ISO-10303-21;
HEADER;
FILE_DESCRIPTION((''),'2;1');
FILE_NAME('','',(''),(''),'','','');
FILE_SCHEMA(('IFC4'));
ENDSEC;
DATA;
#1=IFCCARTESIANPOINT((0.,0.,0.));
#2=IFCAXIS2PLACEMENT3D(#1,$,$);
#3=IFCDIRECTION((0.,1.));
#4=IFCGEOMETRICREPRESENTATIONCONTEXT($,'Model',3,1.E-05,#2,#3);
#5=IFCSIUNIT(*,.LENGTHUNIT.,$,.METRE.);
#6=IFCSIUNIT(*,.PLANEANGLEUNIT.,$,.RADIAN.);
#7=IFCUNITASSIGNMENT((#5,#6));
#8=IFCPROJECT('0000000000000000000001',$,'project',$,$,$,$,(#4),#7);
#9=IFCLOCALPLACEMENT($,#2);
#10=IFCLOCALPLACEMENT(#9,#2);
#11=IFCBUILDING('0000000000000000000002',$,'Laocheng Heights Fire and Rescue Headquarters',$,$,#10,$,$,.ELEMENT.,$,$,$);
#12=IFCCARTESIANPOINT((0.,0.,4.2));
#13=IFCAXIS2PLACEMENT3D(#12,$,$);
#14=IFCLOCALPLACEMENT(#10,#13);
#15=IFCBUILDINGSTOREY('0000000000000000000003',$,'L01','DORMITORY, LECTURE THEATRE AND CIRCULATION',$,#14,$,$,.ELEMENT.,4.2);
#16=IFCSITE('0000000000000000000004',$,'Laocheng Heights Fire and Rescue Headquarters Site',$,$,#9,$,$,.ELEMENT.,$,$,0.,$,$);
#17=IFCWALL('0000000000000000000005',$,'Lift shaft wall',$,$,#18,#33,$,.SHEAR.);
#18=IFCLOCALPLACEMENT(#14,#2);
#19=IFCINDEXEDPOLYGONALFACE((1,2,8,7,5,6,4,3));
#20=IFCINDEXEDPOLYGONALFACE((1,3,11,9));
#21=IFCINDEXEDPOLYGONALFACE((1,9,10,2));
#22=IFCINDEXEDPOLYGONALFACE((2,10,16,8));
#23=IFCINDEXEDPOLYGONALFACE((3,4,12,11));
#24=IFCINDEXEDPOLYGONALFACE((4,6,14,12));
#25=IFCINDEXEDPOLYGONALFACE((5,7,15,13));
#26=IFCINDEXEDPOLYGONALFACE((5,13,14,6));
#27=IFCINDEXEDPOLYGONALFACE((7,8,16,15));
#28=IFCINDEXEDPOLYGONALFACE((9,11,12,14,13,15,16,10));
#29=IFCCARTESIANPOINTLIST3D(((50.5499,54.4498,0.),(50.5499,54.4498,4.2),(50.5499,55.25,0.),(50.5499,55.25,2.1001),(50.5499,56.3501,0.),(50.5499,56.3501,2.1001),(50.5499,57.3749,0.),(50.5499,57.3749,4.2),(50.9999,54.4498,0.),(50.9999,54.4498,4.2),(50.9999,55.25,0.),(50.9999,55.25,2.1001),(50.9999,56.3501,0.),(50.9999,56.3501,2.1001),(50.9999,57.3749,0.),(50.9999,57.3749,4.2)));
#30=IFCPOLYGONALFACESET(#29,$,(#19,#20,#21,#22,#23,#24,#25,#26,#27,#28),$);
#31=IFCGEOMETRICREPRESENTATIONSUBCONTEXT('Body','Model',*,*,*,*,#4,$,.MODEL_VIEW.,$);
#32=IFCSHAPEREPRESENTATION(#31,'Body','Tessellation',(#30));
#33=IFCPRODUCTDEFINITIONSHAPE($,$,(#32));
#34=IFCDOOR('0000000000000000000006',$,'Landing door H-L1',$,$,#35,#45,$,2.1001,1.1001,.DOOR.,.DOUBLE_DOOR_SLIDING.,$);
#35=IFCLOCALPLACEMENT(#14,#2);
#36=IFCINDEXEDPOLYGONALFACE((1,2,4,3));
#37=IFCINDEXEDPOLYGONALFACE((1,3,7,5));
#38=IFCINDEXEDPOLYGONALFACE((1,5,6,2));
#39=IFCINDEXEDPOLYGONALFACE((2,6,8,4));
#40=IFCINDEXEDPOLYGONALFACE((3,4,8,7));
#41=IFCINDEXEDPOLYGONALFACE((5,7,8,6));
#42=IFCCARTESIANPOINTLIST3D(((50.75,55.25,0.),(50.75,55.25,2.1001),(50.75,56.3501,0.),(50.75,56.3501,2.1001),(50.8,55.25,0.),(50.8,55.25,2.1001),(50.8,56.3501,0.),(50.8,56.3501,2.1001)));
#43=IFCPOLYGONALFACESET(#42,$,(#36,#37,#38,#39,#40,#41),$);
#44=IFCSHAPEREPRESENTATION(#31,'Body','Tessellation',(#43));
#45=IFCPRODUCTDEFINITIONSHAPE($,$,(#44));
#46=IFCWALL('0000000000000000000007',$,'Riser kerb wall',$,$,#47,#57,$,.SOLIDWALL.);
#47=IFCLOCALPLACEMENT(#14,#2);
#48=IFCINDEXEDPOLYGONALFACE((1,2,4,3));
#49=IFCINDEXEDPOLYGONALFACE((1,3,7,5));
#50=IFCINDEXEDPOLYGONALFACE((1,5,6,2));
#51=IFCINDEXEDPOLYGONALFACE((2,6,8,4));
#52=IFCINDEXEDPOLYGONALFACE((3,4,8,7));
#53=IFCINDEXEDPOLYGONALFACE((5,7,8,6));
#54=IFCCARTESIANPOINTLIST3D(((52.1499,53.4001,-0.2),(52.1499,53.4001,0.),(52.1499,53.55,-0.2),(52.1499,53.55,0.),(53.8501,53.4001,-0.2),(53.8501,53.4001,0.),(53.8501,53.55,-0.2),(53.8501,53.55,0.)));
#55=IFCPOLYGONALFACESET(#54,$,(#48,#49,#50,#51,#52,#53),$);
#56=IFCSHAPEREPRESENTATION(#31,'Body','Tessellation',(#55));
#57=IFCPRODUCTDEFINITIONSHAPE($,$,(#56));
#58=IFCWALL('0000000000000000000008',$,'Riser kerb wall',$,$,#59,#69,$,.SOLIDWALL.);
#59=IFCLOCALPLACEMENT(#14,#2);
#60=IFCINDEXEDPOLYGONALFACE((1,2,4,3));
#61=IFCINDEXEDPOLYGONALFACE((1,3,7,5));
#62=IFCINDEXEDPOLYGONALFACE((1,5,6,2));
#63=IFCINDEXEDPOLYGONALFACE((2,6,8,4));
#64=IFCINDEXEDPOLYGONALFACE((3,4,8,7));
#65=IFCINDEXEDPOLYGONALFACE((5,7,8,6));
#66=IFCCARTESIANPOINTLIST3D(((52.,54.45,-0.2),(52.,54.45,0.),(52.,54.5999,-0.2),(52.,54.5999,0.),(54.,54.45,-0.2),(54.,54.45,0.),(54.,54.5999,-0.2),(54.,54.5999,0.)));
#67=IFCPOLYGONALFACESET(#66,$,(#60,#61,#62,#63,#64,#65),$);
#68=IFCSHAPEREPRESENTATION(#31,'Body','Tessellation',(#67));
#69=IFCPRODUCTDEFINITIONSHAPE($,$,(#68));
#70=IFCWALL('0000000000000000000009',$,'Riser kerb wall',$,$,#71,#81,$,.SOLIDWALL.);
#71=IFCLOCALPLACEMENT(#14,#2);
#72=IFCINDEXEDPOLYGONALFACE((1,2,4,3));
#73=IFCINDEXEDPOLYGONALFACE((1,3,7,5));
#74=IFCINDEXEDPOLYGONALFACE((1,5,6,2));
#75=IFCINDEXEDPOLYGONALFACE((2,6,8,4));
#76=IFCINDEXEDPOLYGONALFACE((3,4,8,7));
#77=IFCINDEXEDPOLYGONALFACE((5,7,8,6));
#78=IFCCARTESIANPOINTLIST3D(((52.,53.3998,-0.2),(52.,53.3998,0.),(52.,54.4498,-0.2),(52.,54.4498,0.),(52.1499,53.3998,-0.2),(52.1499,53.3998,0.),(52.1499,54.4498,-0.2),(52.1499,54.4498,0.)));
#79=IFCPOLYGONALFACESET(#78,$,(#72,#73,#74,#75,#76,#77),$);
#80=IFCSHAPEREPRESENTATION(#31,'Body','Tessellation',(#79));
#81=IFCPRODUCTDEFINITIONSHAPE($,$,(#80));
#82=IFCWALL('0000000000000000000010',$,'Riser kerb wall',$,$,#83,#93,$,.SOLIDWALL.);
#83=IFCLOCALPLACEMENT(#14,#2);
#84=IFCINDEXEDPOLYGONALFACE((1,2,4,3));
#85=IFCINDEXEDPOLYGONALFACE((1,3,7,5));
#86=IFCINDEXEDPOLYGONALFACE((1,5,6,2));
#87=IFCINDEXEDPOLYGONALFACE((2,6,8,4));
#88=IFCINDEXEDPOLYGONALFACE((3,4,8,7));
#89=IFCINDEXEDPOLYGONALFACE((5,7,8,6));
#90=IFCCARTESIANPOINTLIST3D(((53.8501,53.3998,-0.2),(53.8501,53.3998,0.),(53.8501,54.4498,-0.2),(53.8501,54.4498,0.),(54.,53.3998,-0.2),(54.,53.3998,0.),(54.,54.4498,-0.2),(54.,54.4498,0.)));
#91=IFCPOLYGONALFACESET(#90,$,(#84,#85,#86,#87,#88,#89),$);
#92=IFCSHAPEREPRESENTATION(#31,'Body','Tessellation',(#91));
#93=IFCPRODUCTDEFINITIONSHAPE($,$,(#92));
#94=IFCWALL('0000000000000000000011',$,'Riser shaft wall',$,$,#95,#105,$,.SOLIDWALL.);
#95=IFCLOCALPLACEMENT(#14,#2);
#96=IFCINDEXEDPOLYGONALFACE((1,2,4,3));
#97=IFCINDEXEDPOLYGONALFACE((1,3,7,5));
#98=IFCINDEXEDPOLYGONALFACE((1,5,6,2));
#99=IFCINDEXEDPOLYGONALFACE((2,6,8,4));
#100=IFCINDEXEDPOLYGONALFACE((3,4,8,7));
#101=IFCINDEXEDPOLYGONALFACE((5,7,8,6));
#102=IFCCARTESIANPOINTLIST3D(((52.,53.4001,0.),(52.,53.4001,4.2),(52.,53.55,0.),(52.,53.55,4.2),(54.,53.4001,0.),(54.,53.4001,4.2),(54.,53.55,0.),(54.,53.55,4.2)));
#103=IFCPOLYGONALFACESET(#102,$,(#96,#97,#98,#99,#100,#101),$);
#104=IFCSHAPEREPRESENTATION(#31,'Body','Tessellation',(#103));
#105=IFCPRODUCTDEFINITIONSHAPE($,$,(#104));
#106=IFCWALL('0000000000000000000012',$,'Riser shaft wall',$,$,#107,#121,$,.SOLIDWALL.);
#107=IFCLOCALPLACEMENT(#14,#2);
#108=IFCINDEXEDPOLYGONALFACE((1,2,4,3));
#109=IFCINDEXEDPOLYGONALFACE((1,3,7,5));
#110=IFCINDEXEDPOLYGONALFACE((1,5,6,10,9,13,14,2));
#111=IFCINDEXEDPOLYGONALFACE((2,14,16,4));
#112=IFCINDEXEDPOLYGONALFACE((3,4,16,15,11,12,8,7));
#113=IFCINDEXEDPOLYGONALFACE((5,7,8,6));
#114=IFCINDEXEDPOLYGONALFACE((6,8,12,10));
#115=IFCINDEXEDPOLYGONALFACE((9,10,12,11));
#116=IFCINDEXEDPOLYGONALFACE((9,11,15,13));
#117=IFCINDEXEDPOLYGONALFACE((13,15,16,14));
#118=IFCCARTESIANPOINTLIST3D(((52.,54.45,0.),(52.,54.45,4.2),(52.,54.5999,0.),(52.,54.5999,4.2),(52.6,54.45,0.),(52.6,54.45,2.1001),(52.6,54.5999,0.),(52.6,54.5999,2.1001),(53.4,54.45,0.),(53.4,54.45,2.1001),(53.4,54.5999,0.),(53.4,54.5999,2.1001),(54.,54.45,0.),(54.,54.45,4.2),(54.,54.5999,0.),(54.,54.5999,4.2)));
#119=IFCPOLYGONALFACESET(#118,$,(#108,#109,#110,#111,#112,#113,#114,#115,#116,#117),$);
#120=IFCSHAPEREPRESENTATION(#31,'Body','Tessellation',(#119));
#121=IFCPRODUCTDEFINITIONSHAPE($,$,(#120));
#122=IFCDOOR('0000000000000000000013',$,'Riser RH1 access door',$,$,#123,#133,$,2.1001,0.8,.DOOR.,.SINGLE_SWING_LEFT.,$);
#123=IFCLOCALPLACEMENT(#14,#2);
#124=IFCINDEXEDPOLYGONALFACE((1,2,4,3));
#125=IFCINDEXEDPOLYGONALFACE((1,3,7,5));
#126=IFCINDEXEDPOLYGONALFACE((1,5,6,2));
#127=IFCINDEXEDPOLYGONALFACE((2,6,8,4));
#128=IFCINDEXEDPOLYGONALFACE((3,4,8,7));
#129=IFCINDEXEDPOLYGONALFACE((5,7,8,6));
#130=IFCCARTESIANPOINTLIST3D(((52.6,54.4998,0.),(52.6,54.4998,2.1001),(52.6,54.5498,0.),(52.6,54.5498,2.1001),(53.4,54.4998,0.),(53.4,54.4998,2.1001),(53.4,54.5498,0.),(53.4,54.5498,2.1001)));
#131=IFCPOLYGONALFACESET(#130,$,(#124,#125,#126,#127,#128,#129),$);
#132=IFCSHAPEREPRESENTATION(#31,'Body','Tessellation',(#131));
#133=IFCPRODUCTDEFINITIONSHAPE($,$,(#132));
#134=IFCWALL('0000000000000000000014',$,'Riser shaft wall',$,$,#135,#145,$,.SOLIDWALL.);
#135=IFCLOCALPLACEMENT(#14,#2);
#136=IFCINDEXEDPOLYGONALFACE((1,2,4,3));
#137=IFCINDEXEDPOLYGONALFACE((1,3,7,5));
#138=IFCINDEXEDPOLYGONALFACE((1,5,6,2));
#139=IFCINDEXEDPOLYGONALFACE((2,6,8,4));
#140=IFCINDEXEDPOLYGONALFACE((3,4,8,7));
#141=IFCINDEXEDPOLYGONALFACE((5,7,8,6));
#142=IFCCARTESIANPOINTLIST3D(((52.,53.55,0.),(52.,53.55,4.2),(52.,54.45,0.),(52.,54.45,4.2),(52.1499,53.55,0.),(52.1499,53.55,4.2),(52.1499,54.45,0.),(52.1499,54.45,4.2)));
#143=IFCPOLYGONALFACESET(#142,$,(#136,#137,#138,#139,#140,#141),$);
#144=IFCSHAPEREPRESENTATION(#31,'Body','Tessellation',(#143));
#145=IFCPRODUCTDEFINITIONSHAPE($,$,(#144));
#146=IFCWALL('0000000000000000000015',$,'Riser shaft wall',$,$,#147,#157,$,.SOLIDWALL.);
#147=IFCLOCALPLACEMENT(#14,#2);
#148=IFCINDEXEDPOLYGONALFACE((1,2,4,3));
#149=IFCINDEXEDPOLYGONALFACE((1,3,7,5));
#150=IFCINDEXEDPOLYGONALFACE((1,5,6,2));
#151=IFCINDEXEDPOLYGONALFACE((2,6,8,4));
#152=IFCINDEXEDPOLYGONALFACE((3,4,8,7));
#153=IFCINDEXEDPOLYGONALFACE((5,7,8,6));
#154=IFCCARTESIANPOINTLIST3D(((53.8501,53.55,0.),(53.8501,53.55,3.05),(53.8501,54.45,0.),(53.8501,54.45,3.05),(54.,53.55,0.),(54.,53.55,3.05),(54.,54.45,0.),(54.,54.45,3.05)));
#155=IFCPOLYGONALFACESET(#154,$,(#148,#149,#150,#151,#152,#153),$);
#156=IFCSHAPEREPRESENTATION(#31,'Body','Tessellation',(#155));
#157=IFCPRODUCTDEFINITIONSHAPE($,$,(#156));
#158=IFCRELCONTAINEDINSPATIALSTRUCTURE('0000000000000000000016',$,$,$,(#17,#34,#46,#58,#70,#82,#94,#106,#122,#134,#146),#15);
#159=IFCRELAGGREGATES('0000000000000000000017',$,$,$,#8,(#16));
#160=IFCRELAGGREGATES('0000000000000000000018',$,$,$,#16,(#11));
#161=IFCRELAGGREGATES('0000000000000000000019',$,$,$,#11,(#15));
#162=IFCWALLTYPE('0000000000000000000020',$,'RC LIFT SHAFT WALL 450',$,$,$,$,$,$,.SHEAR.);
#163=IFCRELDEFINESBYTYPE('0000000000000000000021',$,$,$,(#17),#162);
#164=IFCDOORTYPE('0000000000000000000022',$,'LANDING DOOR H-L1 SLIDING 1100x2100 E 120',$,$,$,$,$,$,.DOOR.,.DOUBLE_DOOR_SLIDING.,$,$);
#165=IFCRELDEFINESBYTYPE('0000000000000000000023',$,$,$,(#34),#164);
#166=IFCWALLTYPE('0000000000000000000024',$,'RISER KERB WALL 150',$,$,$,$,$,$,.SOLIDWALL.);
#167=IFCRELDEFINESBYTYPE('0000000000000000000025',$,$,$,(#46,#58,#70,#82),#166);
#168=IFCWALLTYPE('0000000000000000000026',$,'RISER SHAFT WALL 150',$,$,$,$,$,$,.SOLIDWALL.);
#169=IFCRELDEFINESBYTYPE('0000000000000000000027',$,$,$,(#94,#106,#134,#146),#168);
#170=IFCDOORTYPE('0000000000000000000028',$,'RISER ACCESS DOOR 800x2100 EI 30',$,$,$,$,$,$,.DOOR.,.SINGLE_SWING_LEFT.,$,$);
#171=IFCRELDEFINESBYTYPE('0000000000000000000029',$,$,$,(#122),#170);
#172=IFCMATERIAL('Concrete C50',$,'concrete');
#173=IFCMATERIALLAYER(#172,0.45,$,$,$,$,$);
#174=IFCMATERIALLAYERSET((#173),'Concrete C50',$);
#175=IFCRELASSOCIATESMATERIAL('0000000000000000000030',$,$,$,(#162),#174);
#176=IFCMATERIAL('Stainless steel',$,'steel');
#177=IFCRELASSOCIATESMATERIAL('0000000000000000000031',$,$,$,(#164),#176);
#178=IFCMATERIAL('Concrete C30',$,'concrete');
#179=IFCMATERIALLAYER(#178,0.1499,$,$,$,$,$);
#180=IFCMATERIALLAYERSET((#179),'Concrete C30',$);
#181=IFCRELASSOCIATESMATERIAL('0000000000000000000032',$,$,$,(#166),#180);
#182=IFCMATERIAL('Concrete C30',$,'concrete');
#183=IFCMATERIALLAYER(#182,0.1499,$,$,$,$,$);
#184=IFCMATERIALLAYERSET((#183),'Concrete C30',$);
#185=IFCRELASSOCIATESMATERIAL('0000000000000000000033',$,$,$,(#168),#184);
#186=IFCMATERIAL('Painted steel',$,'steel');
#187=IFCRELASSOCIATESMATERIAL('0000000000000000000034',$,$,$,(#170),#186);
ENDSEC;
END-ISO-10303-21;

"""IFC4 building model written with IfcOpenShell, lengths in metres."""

from ifc_helpers import new_model, si_unit, direction, frame, frame_2d, origin, place, context, subcontext, project, spatial, rectangle, extrude, material, layer, layer_set, type_object, element, fill, save


model = new_model("IFC4")

# Units and contexts
model_context = context("Model", 3, precision=1e-05, world=origin(), true_north=direction((0.0, 1.0)))
body_context = subcontext(model_context, "Body", "Model", "MODEL_VIEW")
ifc_project = project(units=[si_unit("LENGTHUNIT", "METRE"), si_unit("PLANEANGLEUNIT", "RADIAN")], contexts=[model_context])

# Site, building, storey
site_placement = place(None, origin())
site = spatial("IfcSite", under=ifc_project, at=site_placement, Name="Laocheng Heights Fire and Rescue Headquarters Site", CompositionType="ELEMENT", RefElevation=0.0)
building_placement = place(site_placement, origin())
building = spatial("IfcBuilding", under=site, at=building_placement, Name="Laocheng Heights Fire and Rescue Headquarters", CompositionType="ELEMENT")
storey_placement = place(building_placement, frame((0.0, 0.0, 4.2)))
storey = spatial("IfcBuildingStorey", under=building, at=storey_placement, Name="L01", Description="DORMITORY, LECTURE THEATRE AND CIRCULATION", CompositionType="ELEMENT", Elevation=4.2)

# Shared definitions
ifc_material_1 = material(Name="Concrete C50", Category="concrete")
ifc_layer_1 = layer(ifc_material_1, 0.45)
ifc_layer_set_1 = layer_set([ifc_layer_1], Name="Concrete C50")
wall_type_1 = type_object("IfcWallType", Name="RC LIFT SHAFT WALL 450", PredefinedType="SHEAR", material=ifc_layer_set_1)

# Wall, opening, door
wall_1_placement = place(storey_placement, frame((50.7749, 54.45, 0.0), z_axis=(0.0, 0.0, 1.0), x_axis=(0.0, 1.0, 0.0)))
wall_1 = element("IfcWall", 1, at=wall_1_placement, inside=storey, type_object=wall_type_1, Name="Lift shaft wall", PredefinedType="SHEAR", context=body_context, shape_type="SweptSolid", body=[
    extrude(rectangle(XDim=2.925, YDim=0.45, at=frame_2d((1.4624, 0.0))), origin(), (0.0, 0.0, 1.0), 4.2),
])
opening_1_placement = place(wall_1_placement, frame((0.8, 0.0, 0.0)))
opening_1 = element("IfcOpeningElement", 2, at=opening_1_placement, cuts=wall_1, PredefinedType="OPENING", context=body_context, shape_type="SweptSolid", body=[
    extrude(rectangle(XDim=1.1001, YDim=2.1001, at=frame_2d((0.55, 1.05))), frame((0.0, 0.2349, 0.0), z_axis=(0.0, -1.0, 0.0), x_axis=(1.0, 0.0, 0.0)), (0.0, 0.0, 1.0), 0.47),
])
ifc_material_2 = material(Name="Stainless steel", Category="steel")
door_type_1 = type_object("IfcDoorType", Name="LANDING DOOR H-L1 SLIDING 1100x2100 E 120", OperationType="DOUBLE_DOOR_SLIDING", PredefinedType="DOOR", material=ifc_material_2)
door_1_placement = place(opening_1_placement, origin())
door_1 = element("IfcDoor", 3, at=door_1_placement, inside=storey, type_object=door_type_1, Name="Landing door H-L1", OperationType="DOUBLE_DOOR_SLIDING", OverallHeight=2.1001, OverallWidth=1.1001, PredefinedType="DOOR", context=body_context, shape_type="SweptSolid", body=[
    extrude(rectangle(XDim=1.1001, YDim=2.1001, at=frame_2d((0.55, 1.05))), frame((0.0, 0.0249, 0.0), z_axis=(0.0, -1.0, 0.0), x_axis=(1.0, 0.0, 0.0)), (0.0, 0.0, 1.0), 0.05),
])
fill(opening_1, door_1)

# Walls
ifc_material_3 = material(Name="Concrete C30", Category="concrete")
ifc_layer_2 = layer(ifc_material_3, 0.1499)
ifc_layer_set_2 = layer_set([ifc_layer_2], Name="Concrete C30")
wall_type_2 = type_object("IfcWallType", Name="RISER KERB WALL 150", PredefinedType="SOLIDWALL", material=ifc_layer_set_2)
wall_2_placement = place(storey_placement, frame((52.1499, 53.4751, -0.2), z_axis=(0.0, 0.0, 1.0), x_axis=(1.0, 0.0, 0.0)))
element("IfcWall", 4, at=wall_2_placement, inside=storey, type_object=wall_type_2, Name="Riser kerb wall", PredefinedType="SOLIDWALL", context=body_context, shape_type="SweptSolid", body=[
    extrude(rectangle(XDim=1.7002, YDim=0.1499, at=frame_2d((0.8501, 0.0))), origin(), (0.0, 0.0, 1.0), 0.2),
])
wall_3_placement = place(storey_placement, frame((52.0, 54.5249, -0.2), z_axis=(0.0, 0.0, 1.0), x_axis=(1.0, 0.0, 0.0)))
element("IfcWall", 5, at=wall_3_placement, inside=storey, type_object=wall_type_2, Name="Riser kerb wall", PredefinedType="SOLIDWALL", context=body_context, shape_type="SweptSolid", body=[
    extrude(rectangle(XDim=2.0, YDim=0.1499, at=frame_2d((1.0, 0.0))), origin(), (0.0, 0.0, 1.0), 0.2),
])
for number, where, z_axis, x_axis, name in (
    (6, (52.075, 53.3999, -0.2), (0.0, 0.0, 1.0), (0.0, 1.0, 0.0), "Riser kerb wall"),
    (7, (53.925, 53.3999, -0.2), (0.0, 0.0, 1.0), (0.0, 1.0, 0.0), "Riser kerb wall"),
):
    element("IfcWall", number, at=place(storey_placement, frame(where, z_axis=z_axis, x_axis=x_axis)), inside=storey, type_object=wall_type_2, Name=name, PredefinedType="SOLIDWALL", context=body_context, shape_type="SweptSolid", body=[
        extrude(rectangle(XDim=1.05, YDim=0.1499, at=frame_2d((0.5249, 0.0))), origin(), (0.0, 0.0, 1.0), 0.2),
    ])
ifc_material_4 = material(Name="Concrete C30", Category="concrete")
ifc_layer_3 = layer(ifc_material_4, 0.1499)
ifc_layer_set_3 = layer_set([ifc_layer_3], Name="Concrete C30")
wall_type_3 = type_object("IfcWallType", Name="RISER SHAFT WALL 150", PredefinedType="SOLIDWALL", material=ifc_layer_set_3)
wall_4_placement = place(storey_placement, frame((52.0, 53.4751, 0.0), z_axis=(0.0, 0.0, 1.0), x_axis=(1.0, 0.0, 0.0)))
element("IfcWall", 8, at=wall_4_placement, inside=storey, type_object=wall_type_3, Name="Riser shaft wall", PredefinedType="SOLIDWALL", context=body_context, shape_type="SweptSolid", body=[
    extrude(rectangle(XDim=2.0, YDim=0.1499, at=frame_2d((1.0, 0.0))), origin(), (0.0, 0.0, 1.0), 4.2),
])

# Wall, opening, door
wall_5_placement = place(storey_placement, frame((52.0, 54.5249, 0.0), z_axis=(0.0, 0.0, 1.0), x_axis=(1.0, 0.0, 0.0)))
wall_5 = element("IfcWall", 9, at=wall_5_placement, inside=storey, type_object=wall_type_3, Name="Riser shaft wall", PredefinedType="SOLIDWALL", context=body_context, shape_type="SweptSolid", body=[
    extrude(rectangle(XDim=2.0, YDim=0.1499, at=frame_2d((1.0, 0.0))), origin(), (0.0, 0.0, 1.0), 4.2),
])
opening_2_placement = place(wall_5_placement, frame((0.6001, 0.0, 0.0)))
opening_2 = element("IfcOpeningElement", 10, at=opening_2_placement, cuts=wall_5, PredefinedType="OPENING", context=body_context, shape_type="SweptSolid", body=[
    extrude(rectangle(XDim=0.8, YDim=2.1001, at=frame_2d((0.3999, 1.05))), frame((0.0, 0.085, 0.0), z_axis=(0.0, -1.0, 0.0), x_axis=(1.0, 0.0, 0.0)), (0.0, 0.0, 1.0), 0.1699),
])
ifc_material_5 = material(Name="Painted steel", Category="steel")
door_type_2 = type_object("IfcDoorType", Name="RISER ACCESS DOOR 800x2100 EI 30", OperationType="SINGLE_SWING_LEFT", PredefinedType="DOOR", material=ifc_material_5)
door_2_placement = place(opening_2_placement, origin())
door_2 = element("IfcDoor", 11, at=door_2_placement, inside=storey, type_object=door_type_2, Name="Riser RH1 access door", OperationType="SINGLE_SWING_LEFT", OverallHeight=2.1001, OverallWidth=0.8, PredefinedType="DOOR", context=body_context, shape_type="SweptSolid", body=[
    extrude(rectangle(XDim=0.8, YDim=2.1001, at=frame_2d((0.3999, 1.05))), frame((0.0, 0.0249, 0.0), z_axis=(0.0, -1.0, 0.0), x_axis=(1.0, 0.0, 0.0)), (0.0, 0.0, 1.0), 0.05),
])
fill(opening_2, door_2)

# Walls
wall_6_placement = place(storey_placement, frame((52.075, 53.55, 0.0), z_axis=(0.0, 0.0, 1.0), x_axis=(0.0, 1.0, 0.0)))
element("IfcWall", 12, at=wall_6_placement, inside=storey, type_object=wall_type_3, Name="Riser shaft wall", PredefinedType="SOLIDWALL", context=body_context, shape_type="SweptSolid", body=[
    extrude(rectangle(XDim=0.8999, YDim=0.1499, at=frame_2d((0.45, 0.0))), origin(), (0.0, 0.0, 1.0), 4.2),
])
wall_7_placement = place(storey_placement, frame((53.925, 53.55, 0.0), z_axis=(0.0, 0.0, 1.0), x_axis=(0.0, 1.0, 0.0)))
element("IfcWall", 13, at=wall_7_placement, inside=storey, type_object=wall_type_3, Name="Riser shaft wall", PredefinedType="SOLIDWALL", context=body_context, shape_type="SweptSolid", body=[
    extrude(rectangle(XDim=0.8999, YDim=0.1499, at=frame_2d((0.45, 0.0))), origin(), (0.0, 0.0, 1.0), 3.05),
])

save(model, "model.ifc")
